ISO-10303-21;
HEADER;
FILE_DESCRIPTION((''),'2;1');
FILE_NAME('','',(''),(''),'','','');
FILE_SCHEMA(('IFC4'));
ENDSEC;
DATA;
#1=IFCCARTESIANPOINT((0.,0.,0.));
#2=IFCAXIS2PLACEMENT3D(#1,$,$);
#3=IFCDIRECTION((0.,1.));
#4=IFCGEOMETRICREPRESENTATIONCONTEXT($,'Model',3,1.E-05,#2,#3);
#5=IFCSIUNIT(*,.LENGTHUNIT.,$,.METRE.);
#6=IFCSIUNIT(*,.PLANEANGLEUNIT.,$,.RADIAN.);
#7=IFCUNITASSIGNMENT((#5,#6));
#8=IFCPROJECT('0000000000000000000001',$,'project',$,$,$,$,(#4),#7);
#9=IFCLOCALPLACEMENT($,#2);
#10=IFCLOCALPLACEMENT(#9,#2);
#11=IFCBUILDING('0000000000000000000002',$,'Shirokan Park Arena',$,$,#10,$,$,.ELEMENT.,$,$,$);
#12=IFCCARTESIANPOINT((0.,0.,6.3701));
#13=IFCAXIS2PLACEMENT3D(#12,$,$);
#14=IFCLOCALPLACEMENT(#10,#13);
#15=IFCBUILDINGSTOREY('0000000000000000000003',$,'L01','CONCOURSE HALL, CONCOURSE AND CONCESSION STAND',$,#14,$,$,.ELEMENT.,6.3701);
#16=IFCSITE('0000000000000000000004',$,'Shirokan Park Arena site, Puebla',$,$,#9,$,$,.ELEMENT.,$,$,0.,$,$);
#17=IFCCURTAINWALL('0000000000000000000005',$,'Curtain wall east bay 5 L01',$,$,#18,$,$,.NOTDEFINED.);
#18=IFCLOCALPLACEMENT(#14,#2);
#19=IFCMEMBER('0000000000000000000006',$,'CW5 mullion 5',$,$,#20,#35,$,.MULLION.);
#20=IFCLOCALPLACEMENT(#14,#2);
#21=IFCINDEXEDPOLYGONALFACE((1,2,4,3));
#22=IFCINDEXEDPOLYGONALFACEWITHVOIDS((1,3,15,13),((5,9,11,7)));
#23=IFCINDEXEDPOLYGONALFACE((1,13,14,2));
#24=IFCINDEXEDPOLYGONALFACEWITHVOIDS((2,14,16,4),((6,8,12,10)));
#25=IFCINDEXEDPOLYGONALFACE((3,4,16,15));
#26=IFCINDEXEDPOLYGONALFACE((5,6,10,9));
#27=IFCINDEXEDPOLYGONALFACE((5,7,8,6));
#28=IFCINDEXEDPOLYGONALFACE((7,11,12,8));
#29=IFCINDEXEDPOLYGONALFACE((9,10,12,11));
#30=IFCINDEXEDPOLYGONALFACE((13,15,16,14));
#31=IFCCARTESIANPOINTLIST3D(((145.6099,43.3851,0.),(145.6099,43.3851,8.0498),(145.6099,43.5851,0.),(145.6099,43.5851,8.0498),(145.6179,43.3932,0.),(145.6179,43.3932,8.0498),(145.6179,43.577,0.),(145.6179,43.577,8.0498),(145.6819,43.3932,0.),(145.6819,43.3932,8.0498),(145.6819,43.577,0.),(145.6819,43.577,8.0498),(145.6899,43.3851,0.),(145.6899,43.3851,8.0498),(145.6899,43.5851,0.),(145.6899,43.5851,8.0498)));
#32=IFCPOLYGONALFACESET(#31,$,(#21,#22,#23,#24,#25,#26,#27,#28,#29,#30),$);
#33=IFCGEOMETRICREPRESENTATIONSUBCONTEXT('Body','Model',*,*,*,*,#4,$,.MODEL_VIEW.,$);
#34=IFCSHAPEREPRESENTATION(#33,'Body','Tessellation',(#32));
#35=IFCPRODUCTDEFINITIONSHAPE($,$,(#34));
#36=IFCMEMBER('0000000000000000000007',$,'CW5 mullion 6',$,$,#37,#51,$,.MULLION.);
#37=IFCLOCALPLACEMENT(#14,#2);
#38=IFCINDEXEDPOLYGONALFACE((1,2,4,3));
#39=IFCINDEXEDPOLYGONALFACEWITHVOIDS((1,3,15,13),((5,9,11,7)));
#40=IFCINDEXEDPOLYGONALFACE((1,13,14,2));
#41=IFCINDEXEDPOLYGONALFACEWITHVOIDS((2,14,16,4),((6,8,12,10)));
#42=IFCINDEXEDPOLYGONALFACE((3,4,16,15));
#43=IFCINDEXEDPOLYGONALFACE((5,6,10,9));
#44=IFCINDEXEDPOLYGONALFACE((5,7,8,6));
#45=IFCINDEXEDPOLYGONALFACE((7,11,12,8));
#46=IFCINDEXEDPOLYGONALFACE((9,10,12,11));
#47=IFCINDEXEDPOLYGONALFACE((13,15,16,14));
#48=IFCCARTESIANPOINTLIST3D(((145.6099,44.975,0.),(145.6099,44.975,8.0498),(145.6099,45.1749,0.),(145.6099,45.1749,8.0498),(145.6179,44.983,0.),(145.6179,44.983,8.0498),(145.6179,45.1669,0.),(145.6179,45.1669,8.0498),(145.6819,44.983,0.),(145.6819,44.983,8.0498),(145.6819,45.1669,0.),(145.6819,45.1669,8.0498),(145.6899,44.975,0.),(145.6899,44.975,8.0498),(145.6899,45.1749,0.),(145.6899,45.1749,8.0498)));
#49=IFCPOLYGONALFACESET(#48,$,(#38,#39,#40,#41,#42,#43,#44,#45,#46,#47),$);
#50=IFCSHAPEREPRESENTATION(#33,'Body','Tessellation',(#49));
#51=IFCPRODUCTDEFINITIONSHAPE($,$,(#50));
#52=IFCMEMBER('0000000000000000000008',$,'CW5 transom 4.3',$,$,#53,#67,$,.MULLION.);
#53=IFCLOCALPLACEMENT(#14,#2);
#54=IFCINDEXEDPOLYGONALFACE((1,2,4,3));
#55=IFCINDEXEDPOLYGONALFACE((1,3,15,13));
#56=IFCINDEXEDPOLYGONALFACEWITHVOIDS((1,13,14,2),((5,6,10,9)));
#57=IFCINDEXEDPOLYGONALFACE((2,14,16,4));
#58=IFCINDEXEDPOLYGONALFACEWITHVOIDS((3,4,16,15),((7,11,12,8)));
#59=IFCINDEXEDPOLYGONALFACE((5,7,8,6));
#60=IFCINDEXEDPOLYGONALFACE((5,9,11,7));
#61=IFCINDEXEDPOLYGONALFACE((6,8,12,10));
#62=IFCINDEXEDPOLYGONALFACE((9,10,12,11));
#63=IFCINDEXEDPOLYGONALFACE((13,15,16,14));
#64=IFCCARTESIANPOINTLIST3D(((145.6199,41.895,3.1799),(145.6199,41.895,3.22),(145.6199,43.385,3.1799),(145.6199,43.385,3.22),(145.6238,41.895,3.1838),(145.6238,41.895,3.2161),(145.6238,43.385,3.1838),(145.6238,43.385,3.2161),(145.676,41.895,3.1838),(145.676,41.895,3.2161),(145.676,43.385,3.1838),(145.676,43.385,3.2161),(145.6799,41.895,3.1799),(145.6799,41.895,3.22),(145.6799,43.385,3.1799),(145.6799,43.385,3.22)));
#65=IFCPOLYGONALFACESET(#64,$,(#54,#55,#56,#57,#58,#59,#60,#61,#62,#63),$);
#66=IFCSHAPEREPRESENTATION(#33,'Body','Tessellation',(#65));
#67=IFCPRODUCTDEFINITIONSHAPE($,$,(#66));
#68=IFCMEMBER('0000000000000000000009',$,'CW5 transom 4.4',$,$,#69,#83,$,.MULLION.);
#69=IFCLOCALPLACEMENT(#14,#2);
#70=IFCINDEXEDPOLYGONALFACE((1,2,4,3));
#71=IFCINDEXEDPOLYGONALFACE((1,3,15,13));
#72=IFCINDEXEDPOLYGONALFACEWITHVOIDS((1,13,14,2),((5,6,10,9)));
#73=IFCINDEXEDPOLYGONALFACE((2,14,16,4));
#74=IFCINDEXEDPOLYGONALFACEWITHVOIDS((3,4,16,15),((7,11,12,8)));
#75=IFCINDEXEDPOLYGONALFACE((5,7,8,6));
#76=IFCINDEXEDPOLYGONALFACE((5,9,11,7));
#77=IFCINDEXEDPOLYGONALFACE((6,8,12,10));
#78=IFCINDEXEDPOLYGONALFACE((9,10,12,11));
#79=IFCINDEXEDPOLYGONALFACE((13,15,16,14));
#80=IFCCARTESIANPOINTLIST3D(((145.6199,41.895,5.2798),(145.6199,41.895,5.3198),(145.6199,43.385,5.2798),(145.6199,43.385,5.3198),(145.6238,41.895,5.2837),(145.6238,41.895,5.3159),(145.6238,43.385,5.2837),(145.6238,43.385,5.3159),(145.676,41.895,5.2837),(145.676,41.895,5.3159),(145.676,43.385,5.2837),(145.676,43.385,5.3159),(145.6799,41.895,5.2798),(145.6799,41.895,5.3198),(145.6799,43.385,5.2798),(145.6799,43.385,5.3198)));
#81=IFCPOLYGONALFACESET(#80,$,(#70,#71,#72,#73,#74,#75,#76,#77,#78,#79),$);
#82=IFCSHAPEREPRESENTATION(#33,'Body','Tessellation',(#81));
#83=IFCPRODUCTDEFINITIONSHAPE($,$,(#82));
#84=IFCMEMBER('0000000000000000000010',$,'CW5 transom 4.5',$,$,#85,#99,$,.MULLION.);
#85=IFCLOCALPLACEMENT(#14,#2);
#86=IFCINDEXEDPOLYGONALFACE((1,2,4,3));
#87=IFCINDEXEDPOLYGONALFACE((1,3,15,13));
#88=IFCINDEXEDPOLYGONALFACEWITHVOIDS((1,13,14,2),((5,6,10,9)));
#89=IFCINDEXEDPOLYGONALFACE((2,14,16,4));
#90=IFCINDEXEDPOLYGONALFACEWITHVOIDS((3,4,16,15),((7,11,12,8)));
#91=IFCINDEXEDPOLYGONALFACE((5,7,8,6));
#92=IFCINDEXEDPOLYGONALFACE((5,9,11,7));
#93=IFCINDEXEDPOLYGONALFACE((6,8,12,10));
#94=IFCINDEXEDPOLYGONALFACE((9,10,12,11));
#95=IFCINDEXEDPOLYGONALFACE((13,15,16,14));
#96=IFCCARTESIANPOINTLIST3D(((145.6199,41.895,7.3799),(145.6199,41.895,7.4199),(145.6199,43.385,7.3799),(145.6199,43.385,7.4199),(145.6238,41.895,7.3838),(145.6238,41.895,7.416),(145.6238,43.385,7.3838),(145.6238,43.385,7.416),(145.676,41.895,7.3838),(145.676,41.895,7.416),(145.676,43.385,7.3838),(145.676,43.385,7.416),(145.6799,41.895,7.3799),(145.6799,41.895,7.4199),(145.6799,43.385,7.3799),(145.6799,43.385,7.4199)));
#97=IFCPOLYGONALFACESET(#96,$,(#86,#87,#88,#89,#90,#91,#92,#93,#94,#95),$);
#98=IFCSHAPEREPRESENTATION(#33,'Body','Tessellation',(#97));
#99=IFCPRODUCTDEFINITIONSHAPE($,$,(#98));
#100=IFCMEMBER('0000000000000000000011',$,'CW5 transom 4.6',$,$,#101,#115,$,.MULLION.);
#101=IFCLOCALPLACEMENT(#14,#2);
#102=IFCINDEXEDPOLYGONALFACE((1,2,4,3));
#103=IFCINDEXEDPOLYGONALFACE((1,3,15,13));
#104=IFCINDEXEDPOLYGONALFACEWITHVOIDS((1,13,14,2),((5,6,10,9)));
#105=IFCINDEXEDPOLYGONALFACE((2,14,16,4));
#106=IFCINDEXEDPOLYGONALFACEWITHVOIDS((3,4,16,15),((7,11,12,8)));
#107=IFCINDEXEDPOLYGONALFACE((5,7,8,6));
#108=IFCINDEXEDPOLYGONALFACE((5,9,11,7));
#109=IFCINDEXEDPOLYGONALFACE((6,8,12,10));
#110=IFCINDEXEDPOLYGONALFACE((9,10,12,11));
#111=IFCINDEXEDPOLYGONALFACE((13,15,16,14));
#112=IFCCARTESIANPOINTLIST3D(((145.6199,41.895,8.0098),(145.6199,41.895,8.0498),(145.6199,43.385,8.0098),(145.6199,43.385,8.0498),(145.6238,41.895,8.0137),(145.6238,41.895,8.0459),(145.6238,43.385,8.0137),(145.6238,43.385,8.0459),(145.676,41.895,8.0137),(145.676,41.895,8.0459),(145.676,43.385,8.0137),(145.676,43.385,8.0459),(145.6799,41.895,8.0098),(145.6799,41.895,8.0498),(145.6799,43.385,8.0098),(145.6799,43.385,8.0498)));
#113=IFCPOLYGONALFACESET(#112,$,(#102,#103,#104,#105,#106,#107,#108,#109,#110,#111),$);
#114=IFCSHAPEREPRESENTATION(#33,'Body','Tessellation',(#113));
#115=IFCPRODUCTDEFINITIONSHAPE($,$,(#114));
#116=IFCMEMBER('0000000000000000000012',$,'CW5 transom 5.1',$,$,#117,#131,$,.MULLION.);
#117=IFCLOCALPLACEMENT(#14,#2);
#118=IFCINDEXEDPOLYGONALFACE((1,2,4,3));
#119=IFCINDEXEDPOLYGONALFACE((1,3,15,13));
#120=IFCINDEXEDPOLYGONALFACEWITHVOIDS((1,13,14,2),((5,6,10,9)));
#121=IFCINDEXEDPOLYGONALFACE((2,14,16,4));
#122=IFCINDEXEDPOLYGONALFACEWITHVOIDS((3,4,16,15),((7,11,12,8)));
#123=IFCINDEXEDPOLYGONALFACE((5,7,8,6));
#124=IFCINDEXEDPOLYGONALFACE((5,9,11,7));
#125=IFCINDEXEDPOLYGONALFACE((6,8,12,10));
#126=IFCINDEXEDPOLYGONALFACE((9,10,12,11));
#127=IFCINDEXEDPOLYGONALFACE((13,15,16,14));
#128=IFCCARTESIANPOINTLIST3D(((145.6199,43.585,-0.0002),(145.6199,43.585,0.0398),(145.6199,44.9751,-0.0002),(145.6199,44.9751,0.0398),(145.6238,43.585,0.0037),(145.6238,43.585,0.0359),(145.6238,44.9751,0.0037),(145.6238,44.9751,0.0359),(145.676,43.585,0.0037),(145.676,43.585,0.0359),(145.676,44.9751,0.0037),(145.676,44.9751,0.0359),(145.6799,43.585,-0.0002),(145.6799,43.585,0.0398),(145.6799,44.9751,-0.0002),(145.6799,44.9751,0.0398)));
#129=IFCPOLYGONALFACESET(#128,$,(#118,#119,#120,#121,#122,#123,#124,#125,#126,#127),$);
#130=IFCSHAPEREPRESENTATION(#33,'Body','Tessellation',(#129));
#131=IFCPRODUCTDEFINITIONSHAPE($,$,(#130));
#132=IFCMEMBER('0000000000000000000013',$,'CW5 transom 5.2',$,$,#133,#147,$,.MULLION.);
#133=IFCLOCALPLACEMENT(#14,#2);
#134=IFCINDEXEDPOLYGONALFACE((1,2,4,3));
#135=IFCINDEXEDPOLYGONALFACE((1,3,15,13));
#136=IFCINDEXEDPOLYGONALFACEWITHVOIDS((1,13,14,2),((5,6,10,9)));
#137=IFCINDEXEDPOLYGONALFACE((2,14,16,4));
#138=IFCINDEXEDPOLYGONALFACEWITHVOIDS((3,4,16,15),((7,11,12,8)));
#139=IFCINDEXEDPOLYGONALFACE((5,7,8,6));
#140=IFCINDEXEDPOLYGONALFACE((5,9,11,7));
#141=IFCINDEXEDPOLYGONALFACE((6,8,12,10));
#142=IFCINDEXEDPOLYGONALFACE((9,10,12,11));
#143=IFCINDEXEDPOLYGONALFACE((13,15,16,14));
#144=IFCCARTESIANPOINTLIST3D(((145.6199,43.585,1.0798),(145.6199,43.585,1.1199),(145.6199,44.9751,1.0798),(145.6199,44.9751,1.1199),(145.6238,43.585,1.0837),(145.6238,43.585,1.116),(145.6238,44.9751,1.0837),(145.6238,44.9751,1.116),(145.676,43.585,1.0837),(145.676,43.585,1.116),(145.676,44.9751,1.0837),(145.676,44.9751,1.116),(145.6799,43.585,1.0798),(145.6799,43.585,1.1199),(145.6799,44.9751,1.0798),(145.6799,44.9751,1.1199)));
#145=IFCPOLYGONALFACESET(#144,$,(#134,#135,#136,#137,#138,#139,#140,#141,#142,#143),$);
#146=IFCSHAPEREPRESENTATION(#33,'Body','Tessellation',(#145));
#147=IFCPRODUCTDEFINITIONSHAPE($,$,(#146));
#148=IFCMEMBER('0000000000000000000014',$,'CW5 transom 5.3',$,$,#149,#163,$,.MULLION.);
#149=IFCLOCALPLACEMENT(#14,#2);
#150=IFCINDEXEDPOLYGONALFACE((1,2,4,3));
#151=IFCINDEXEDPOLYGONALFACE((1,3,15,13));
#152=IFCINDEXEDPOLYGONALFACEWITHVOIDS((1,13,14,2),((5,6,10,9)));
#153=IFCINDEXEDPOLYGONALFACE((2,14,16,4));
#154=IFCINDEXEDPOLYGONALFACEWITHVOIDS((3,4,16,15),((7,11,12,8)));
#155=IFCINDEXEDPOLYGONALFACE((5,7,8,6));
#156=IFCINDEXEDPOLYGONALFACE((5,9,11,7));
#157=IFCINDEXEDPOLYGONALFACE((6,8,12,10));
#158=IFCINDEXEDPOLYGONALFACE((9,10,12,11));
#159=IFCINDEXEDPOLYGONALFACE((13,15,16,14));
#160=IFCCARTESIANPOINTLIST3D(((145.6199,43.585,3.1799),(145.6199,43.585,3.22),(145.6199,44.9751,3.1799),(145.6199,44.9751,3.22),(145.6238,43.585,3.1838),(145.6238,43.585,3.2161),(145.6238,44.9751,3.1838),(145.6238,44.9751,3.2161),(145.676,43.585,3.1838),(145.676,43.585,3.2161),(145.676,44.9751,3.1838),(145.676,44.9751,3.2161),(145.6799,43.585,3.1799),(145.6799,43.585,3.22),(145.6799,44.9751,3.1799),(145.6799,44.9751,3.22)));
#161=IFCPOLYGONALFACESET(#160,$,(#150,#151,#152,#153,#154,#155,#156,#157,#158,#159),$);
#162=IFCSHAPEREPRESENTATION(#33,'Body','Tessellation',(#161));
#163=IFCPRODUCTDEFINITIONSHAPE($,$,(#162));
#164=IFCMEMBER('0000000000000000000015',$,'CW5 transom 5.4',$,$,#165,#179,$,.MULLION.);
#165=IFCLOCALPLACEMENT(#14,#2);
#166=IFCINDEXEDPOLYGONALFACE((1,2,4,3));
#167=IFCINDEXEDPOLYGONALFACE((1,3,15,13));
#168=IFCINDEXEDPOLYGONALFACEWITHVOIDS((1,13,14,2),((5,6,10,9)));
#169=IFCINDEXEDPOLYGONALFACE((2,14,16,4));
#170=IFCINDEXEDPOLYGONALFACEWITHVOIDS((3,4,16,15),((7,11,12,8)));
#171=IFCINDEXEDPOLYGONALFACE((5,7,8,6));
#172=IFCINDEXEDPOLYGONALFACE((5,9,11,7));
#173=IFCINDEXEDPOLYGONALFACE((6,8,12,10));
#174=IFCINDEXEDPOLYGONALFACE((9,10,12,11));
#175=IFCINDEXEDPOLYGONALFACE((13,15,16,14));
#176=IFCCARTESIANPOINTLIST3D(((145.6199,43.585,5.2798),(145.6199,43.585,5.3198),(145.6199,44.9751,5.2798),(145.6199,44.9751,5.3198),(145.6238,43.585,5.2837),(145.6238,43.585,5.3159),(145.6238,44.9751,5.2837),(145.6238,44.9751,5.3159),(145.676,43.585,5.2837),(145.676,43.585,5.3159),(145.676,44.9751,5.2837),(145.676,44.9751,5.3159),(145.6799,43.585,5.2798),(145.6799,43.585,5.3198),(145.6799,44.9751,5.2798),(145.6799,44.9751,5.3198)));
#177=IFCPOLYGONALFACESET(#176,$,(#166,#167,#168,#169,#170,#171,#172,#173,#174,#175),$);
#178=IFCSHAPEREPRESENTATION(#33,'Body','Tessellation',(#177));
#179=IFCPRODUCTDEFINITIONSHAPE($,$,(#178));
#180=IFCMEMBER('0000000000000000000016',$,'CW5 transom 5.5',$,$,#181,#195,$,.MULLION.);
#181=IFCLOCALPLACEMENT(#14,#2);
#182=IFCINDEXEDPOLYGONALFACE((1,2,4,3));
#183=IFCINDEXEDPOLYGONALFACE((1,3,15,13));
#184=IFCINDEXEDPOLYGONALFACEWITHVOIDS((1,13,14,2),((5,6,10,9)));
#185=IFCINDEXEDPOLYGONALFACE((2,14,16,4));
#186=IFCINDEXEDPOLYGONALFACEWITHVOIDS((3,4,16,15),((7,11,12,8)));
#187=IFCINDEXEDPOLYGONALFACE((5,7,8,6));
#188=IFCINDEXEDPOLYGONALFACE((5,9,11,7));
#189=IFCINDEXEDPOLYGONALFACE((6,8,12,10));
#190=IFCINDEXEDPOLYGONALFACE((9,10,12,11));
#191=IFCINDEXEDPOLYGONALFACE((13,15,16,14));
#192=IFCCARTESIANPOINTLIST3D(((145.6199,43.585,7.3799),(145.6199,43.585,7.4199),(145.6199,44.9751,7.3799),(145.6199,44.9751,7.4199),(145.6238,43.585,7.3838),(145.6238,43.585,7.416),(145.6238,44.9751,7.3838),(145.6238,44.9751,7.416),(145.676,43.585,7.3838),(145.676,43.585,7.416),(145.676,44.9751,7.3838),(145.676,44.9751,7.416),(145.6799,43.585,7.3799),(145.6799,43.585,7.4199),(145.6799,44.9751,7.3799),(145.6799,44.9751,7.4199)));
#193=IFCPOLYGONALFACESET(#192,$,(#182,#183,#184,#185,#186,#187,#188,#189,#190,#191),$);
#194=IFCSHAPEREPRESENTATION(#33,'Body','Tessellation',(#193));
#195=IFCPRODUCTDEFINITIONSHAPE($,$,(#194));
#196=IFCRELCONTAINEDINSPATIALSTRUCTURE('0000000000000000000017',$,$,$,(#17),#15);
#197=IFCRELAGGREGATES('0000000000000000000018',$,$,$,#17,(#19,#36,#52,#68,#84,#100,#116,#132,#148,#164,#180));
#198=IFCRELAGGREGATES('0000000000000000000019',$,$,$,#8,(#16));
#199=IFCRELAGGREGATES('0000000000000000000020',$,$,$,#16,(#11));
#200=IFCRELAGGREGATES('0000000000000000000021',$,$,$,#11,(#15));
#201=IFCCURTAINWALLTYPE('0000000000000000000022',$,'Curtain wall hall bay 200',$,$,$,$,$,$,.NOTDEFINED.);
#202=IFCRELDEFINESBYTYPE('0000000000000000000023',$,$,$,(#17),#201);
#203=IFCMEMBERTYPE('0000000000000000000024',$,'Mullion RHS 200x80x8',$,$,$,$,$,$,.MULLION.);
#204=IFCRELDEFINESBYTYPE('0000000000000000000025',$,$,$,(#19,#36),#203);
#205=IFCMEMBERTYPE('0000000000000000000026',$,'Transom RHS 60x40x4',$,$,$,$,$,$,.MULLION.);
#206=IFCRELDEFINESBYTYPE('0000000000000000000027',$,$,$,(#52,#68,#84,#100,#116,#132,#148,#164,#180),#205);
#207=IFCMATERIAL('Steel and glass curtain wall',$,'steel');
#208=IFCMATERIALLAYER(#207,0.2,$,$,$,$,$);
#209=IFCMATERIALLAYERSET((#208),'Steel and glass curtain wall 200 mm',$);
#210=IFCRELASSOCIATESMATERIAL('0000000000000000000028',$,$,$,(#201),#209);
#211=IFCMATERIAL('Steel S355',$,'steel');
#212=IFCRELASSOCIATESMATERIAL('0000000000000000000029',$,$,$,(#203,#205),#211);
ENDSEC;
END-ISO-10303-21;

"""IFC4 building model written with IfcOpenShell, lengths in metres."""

from ifc_helpers import new_model, si_unit, direction, frame, origin, origin_2d, place, context, subcontext, project, spatial, hollow_rectangle, extrude, material, layer, layer_set, material_profile, profile_set, type_object, element, aggregate, save


model = new_model("IFC4")

# Units and contexts
model_context = context("Model", 3, precision=1e-05, world=origin(), true_north=direction((0.0, 1.0)))
body_context = subcontext(model_context, "Body", "Model", "MODEL_VIEW")
ifc_project = project(units=[si_unit("LENGTHUNIT", "METRE"), si_unit("PLANEANGLEUNIT", "RADIAN")], contexts=[model_context])

# Site, building, storey
site_placement = place(None, origin())
site = spatial("IfcSite", under=ifc_project, at=site_placement, Name="Shirokan Park Arena site, Puebla", CompositionType="ELEMENT", RefElevation=0.0)
building_placement = place(site_placement, origin())
building = spatial("IfcBuilding", under=site, at=building_placement, Name="Shirokan Park Arena", CompositionType="ELEMENT")
storey_placement = place(building_placement, frame((0.0, 0.0, 6.3701)))
storey = spatial("IfcBuildingStorey", under=building, at=storey_placement, Name="L01", Description="CONCOURSE HALL, CONCOURSE AND CONCESSION STAND", CompositionType="ELEMENT", Elevation=6.3701)

# Curtain wall, members
ifc_material_1 = material(Name="Steel and glass curtain wall", Category="steel")
ifc_layer_1 = layer(ifc_material_1, 0.2)
ifc_layer_set_1 = layer_set([ifc_layer_1], Name="Steel and glass curtain wall 200 mm")
curtain_wall_type = type_object("IfcCurtainWallType", Name="Curtain wall hall bay 200", PredefinedType="NOTDEFINED", material=ifc_layer_set_1)
curtain_wall_placement = place(storey_placement, origin())
curtain_wall = element("IfcCurtainWall", 1, at=curtain_wall_placement, inside=storey, type_object=curtain_wall_type, Name="Curtain wall east bay 5 L01", PredefinedType="NOTDEFINED")
ifc_material_2 = material(Name="Steel S355", Category="steel")
ifc_material_profile_1 = material_profile(ifc_material_2, hollow_rectangle(XDim=0.0801, YDim=0.2, WallThickness=0.0081, at=origin_2d()), Name="RHS 200x80x8")
ifc_profile_set_1 = profile_set([ifc_material_profile_1], Name="Steel S355")
member_type_1 = type_object("IfcMemberType", Name="Mullion RHS 200x80x8", PredefinedType="MULLION", material=ifc_profile_set_1)
member_1_placement = place(storey_placement, frame((145.6499, 43.4851, 0.0), z_axis=(0.0, 0.0, 1.0), x_axis=(-1.0, 0.0, 0.0)))
member_1 = element("IfcMember", 2, at=member_1_placement, type_object=member_type_1, Name="CW5 mullion 5", PredefinedType="MULLION", context=body_context, shape_type="SweptSolid", body=[
    extrude(hollow_rectangle(XDim=0.0801, YDim=0.2, WallThickness=0.0081, at=origin_2d()), origin(), (0.0, 0.0, 1.0), 8.0498),
])
member_2_placement = place(storey_placement, frame((145.6499, 45.075, 0.0), z_axis=(0.0, 0.0, 1.0), x_axis=(-1.0, 0.0, 0.0)))
member_2 = element("IfcMember", 3, at=member_2_placement, type_object=member_type_1, Name="CW5 mullion 6", PredefinedType="MULLION", context=body_context, shape_type="SweptSolid", body=[
    extrude(hollow_rectangle(XDim=0.0801, YDim=0.2, WallThickness=0.0081, at=origin_2d()), origin(), (0.0, 0.0, 1.0), 8.0498),
])
ifc_material_profile_2 = material_profile(ifc_material_2, hollow_rectangle(XDim=0.0601, YDim=0.04, WallThickness=0.0039, at=origin_2d()), Name="RHS 60x40x4")
ifc_profile_set_2 = profile_set([ifc_material_profile_2], Name="Steel S355")
member_type_2 = type_object("IfcMemberType", Name="Transom RHS 60x40x4", PredefinedType="MULLION", material=ifc_profile_set_2)
member_3_placement = place(storey_placement, frame((145.6499, 41.895, 3.2), z_axis=(0.0, 1.0, 0.0), x_axis=(-1.0, 0.0, 0.0)))
member_3 = element("IfcMember", 4, at=member_3_placement, type_object=member_type_2, Name="CW5 transom 4.3", PredefinedType="MULLION", context=body_context, shape_type="SweptSolid", body=[
    extrude(hollow_rectangle(XDim=0.0601, YDim=0.04, WallThickness=0.0039, at=origin_2d()), origin(), (0.0, 0.0, 1.0), 1.49),
])
member_4_placement = place(storey_placement, frame((145.6499, 41.895, 5.2998), z_axis=(0.0, 1.0, 0.0), x_axis=(-1.0, 0.0, 0.0)))
member_4 = element("IfcMember", 5, at=member_4_placement, type_object=member_type_2, Name="CW5 transom 4.4", PredefinedType="MULLION", context=body_context, shape_type="SweptSolid", body=[
    extrude(hollow_rectangle(XDim=0.0601, YDim=0.04, WallThickness=0.0039, at=origin_2d()), origin(), (0.0, 0.0, 1.0), 1.49),
])
member_5_placement = place(storey_placement, frame((145.6499, 41.895, 7.3999), z_axis=(0.0, 1.0, 0.0), x_axis=(-1.0, 0.0, 0.0)))
member_5 = element("IfcMember", 6, at=member_5_placement, type_object=member_type_2, Name="CW5 transom 4.5", PredefinedType="MULLION", context=body_context, shape_type="SweptSolid", body=[
    extrude(hollow_rectangle(XDim=0.0601, YDim=0.04, WallThickness=0.0039, at=origin_2d()), origin(), (0.0, 0.0, 1.0), 1.49),
])
member_6_placement = place(storey_placement, frame((145.6499, 41.895, 8.0298), z_axis=(0.0, 1.0, 0.0), x_axis=(-1.0, 0.0, 0.0)))
member_6 = element("IfcMember", 7, at=member_6_placement, type_object=member_type_2, Name="CW5 transom 4.6", PredefinedType="MULLION", context=body_context, shape_type="SweptSolid", body=[
    extrude(hollow_rectangle(XDim=0.0601, YDim=0.04, WallThickness=0.0039, at=origin_2d()), origin(), (0.0, 0.0, 1.0), 1.49),
])
member_7_placement = place(storey_placement, frame((145.6499, 43.585, 0.0198), z_axis=(0.0, 1.0, 0.0), x_axis=(-1.0, 0.0, 0.0)))
member_7 = element("IfcMember", 8, at=member_7_placement, type_object=member_type_2, Name="CW5 transom 5.1", PredefinedType="MULLION", context=body_context, shape_type="SweptSolid", body=[
    extrude(hollow_rectangle(XDim=0.0601, YDim=0.04, WallThickness=0.0039, at=origin_2d()), origin(), (0.0, 0.0, 1.0), 1.3901),
])
member_8_placement = place(storey_placement, frame((145.6499, 43.585, 1.0999), z_axis=(0.0, 1.0, 0.0), x_axis=(-1.0, 0.0, 0.0)))
member_8 = element("IfcMember", 9, at=member_8_placement, type_object=member_type_2, Name="CW5 transom 5.2", PredefinedType="MULLION", context=body_context, shape_type="SweptSolid", body=[
    extrude(hollow_rectangle(XDim=0.0601, YDim=0.04, WallThickness=0.0039, at=origin_2d()), origin(), (0.0, 0.0, 1.0), 1.3901),
])
member_9_placement = place(storey_placement, frame((145.6499, 43.585, 3.2), z_axis=(0.0, 1.0, 0.0), x_axis=(-1.0, 0.0, 0.0)))
member_9 = element("IfcMember", 10, at=member_9_placement, type_object=member_type_2, Name="CW5 transom 5.3", PredefinedType="MULLION", context=body_context, shape_type="SweptSolid", body=[
    extrude(hollow_rectangle(XDim=0.0601, YDim=0.04, WallThickness=0.0039, at=origin_2d()), origin(), (0.0, 0.0, 1.0), 1.3901),
])
member_10_placement = place(storey_placement, frame((145.6499, 43.585, 5.2998), z_axis=(0.0, 1.0, 0.0), x_axis=(-1.0, 0.0, 0.0)))
member_10 = element("IfcMember", 11, at=member_10_placement, type_object=member_type_2, Name="CW5 transom 5.4", PredefinedType="MULLION", context=body_context, shape_type="SweptSolid", body=[
    extrude(hollow_rectangle(XDim=0.0601, YDim=0.04, WallThickness=0.0039, at=origin_2d()), origin(), (0.0, 0.0, 1.0), 1.3901),
])
member_11_placement = place(storey_placement, frame((145.6499, 43.585, 7.3999), z_axis=(0.0, 1.0, 0.0), x_axis=(-1.0, 0.0, 0.0)))
member_11 = element("IfcMember", 12, at=member_11_placement, type_object=member_type_2, Name="CW5 transom 5.5", PredefinedType="MULLION", context=body_context, shape_type="SweptSolid", body=[
    extrude(hollow_rectangle(XDim=0.0601, YDim=0.04, WallThickness=0.0039, at=origin_2d()), origin(), (0.0, 0.0, 1.0), 1.3901),
])
aggregate(curtain_wall, [member_1, member_2, member_3, member_4, member_5, member_6, member_7, member_8, member_9, member_10, member_11])

save(model, "model.ifc")
